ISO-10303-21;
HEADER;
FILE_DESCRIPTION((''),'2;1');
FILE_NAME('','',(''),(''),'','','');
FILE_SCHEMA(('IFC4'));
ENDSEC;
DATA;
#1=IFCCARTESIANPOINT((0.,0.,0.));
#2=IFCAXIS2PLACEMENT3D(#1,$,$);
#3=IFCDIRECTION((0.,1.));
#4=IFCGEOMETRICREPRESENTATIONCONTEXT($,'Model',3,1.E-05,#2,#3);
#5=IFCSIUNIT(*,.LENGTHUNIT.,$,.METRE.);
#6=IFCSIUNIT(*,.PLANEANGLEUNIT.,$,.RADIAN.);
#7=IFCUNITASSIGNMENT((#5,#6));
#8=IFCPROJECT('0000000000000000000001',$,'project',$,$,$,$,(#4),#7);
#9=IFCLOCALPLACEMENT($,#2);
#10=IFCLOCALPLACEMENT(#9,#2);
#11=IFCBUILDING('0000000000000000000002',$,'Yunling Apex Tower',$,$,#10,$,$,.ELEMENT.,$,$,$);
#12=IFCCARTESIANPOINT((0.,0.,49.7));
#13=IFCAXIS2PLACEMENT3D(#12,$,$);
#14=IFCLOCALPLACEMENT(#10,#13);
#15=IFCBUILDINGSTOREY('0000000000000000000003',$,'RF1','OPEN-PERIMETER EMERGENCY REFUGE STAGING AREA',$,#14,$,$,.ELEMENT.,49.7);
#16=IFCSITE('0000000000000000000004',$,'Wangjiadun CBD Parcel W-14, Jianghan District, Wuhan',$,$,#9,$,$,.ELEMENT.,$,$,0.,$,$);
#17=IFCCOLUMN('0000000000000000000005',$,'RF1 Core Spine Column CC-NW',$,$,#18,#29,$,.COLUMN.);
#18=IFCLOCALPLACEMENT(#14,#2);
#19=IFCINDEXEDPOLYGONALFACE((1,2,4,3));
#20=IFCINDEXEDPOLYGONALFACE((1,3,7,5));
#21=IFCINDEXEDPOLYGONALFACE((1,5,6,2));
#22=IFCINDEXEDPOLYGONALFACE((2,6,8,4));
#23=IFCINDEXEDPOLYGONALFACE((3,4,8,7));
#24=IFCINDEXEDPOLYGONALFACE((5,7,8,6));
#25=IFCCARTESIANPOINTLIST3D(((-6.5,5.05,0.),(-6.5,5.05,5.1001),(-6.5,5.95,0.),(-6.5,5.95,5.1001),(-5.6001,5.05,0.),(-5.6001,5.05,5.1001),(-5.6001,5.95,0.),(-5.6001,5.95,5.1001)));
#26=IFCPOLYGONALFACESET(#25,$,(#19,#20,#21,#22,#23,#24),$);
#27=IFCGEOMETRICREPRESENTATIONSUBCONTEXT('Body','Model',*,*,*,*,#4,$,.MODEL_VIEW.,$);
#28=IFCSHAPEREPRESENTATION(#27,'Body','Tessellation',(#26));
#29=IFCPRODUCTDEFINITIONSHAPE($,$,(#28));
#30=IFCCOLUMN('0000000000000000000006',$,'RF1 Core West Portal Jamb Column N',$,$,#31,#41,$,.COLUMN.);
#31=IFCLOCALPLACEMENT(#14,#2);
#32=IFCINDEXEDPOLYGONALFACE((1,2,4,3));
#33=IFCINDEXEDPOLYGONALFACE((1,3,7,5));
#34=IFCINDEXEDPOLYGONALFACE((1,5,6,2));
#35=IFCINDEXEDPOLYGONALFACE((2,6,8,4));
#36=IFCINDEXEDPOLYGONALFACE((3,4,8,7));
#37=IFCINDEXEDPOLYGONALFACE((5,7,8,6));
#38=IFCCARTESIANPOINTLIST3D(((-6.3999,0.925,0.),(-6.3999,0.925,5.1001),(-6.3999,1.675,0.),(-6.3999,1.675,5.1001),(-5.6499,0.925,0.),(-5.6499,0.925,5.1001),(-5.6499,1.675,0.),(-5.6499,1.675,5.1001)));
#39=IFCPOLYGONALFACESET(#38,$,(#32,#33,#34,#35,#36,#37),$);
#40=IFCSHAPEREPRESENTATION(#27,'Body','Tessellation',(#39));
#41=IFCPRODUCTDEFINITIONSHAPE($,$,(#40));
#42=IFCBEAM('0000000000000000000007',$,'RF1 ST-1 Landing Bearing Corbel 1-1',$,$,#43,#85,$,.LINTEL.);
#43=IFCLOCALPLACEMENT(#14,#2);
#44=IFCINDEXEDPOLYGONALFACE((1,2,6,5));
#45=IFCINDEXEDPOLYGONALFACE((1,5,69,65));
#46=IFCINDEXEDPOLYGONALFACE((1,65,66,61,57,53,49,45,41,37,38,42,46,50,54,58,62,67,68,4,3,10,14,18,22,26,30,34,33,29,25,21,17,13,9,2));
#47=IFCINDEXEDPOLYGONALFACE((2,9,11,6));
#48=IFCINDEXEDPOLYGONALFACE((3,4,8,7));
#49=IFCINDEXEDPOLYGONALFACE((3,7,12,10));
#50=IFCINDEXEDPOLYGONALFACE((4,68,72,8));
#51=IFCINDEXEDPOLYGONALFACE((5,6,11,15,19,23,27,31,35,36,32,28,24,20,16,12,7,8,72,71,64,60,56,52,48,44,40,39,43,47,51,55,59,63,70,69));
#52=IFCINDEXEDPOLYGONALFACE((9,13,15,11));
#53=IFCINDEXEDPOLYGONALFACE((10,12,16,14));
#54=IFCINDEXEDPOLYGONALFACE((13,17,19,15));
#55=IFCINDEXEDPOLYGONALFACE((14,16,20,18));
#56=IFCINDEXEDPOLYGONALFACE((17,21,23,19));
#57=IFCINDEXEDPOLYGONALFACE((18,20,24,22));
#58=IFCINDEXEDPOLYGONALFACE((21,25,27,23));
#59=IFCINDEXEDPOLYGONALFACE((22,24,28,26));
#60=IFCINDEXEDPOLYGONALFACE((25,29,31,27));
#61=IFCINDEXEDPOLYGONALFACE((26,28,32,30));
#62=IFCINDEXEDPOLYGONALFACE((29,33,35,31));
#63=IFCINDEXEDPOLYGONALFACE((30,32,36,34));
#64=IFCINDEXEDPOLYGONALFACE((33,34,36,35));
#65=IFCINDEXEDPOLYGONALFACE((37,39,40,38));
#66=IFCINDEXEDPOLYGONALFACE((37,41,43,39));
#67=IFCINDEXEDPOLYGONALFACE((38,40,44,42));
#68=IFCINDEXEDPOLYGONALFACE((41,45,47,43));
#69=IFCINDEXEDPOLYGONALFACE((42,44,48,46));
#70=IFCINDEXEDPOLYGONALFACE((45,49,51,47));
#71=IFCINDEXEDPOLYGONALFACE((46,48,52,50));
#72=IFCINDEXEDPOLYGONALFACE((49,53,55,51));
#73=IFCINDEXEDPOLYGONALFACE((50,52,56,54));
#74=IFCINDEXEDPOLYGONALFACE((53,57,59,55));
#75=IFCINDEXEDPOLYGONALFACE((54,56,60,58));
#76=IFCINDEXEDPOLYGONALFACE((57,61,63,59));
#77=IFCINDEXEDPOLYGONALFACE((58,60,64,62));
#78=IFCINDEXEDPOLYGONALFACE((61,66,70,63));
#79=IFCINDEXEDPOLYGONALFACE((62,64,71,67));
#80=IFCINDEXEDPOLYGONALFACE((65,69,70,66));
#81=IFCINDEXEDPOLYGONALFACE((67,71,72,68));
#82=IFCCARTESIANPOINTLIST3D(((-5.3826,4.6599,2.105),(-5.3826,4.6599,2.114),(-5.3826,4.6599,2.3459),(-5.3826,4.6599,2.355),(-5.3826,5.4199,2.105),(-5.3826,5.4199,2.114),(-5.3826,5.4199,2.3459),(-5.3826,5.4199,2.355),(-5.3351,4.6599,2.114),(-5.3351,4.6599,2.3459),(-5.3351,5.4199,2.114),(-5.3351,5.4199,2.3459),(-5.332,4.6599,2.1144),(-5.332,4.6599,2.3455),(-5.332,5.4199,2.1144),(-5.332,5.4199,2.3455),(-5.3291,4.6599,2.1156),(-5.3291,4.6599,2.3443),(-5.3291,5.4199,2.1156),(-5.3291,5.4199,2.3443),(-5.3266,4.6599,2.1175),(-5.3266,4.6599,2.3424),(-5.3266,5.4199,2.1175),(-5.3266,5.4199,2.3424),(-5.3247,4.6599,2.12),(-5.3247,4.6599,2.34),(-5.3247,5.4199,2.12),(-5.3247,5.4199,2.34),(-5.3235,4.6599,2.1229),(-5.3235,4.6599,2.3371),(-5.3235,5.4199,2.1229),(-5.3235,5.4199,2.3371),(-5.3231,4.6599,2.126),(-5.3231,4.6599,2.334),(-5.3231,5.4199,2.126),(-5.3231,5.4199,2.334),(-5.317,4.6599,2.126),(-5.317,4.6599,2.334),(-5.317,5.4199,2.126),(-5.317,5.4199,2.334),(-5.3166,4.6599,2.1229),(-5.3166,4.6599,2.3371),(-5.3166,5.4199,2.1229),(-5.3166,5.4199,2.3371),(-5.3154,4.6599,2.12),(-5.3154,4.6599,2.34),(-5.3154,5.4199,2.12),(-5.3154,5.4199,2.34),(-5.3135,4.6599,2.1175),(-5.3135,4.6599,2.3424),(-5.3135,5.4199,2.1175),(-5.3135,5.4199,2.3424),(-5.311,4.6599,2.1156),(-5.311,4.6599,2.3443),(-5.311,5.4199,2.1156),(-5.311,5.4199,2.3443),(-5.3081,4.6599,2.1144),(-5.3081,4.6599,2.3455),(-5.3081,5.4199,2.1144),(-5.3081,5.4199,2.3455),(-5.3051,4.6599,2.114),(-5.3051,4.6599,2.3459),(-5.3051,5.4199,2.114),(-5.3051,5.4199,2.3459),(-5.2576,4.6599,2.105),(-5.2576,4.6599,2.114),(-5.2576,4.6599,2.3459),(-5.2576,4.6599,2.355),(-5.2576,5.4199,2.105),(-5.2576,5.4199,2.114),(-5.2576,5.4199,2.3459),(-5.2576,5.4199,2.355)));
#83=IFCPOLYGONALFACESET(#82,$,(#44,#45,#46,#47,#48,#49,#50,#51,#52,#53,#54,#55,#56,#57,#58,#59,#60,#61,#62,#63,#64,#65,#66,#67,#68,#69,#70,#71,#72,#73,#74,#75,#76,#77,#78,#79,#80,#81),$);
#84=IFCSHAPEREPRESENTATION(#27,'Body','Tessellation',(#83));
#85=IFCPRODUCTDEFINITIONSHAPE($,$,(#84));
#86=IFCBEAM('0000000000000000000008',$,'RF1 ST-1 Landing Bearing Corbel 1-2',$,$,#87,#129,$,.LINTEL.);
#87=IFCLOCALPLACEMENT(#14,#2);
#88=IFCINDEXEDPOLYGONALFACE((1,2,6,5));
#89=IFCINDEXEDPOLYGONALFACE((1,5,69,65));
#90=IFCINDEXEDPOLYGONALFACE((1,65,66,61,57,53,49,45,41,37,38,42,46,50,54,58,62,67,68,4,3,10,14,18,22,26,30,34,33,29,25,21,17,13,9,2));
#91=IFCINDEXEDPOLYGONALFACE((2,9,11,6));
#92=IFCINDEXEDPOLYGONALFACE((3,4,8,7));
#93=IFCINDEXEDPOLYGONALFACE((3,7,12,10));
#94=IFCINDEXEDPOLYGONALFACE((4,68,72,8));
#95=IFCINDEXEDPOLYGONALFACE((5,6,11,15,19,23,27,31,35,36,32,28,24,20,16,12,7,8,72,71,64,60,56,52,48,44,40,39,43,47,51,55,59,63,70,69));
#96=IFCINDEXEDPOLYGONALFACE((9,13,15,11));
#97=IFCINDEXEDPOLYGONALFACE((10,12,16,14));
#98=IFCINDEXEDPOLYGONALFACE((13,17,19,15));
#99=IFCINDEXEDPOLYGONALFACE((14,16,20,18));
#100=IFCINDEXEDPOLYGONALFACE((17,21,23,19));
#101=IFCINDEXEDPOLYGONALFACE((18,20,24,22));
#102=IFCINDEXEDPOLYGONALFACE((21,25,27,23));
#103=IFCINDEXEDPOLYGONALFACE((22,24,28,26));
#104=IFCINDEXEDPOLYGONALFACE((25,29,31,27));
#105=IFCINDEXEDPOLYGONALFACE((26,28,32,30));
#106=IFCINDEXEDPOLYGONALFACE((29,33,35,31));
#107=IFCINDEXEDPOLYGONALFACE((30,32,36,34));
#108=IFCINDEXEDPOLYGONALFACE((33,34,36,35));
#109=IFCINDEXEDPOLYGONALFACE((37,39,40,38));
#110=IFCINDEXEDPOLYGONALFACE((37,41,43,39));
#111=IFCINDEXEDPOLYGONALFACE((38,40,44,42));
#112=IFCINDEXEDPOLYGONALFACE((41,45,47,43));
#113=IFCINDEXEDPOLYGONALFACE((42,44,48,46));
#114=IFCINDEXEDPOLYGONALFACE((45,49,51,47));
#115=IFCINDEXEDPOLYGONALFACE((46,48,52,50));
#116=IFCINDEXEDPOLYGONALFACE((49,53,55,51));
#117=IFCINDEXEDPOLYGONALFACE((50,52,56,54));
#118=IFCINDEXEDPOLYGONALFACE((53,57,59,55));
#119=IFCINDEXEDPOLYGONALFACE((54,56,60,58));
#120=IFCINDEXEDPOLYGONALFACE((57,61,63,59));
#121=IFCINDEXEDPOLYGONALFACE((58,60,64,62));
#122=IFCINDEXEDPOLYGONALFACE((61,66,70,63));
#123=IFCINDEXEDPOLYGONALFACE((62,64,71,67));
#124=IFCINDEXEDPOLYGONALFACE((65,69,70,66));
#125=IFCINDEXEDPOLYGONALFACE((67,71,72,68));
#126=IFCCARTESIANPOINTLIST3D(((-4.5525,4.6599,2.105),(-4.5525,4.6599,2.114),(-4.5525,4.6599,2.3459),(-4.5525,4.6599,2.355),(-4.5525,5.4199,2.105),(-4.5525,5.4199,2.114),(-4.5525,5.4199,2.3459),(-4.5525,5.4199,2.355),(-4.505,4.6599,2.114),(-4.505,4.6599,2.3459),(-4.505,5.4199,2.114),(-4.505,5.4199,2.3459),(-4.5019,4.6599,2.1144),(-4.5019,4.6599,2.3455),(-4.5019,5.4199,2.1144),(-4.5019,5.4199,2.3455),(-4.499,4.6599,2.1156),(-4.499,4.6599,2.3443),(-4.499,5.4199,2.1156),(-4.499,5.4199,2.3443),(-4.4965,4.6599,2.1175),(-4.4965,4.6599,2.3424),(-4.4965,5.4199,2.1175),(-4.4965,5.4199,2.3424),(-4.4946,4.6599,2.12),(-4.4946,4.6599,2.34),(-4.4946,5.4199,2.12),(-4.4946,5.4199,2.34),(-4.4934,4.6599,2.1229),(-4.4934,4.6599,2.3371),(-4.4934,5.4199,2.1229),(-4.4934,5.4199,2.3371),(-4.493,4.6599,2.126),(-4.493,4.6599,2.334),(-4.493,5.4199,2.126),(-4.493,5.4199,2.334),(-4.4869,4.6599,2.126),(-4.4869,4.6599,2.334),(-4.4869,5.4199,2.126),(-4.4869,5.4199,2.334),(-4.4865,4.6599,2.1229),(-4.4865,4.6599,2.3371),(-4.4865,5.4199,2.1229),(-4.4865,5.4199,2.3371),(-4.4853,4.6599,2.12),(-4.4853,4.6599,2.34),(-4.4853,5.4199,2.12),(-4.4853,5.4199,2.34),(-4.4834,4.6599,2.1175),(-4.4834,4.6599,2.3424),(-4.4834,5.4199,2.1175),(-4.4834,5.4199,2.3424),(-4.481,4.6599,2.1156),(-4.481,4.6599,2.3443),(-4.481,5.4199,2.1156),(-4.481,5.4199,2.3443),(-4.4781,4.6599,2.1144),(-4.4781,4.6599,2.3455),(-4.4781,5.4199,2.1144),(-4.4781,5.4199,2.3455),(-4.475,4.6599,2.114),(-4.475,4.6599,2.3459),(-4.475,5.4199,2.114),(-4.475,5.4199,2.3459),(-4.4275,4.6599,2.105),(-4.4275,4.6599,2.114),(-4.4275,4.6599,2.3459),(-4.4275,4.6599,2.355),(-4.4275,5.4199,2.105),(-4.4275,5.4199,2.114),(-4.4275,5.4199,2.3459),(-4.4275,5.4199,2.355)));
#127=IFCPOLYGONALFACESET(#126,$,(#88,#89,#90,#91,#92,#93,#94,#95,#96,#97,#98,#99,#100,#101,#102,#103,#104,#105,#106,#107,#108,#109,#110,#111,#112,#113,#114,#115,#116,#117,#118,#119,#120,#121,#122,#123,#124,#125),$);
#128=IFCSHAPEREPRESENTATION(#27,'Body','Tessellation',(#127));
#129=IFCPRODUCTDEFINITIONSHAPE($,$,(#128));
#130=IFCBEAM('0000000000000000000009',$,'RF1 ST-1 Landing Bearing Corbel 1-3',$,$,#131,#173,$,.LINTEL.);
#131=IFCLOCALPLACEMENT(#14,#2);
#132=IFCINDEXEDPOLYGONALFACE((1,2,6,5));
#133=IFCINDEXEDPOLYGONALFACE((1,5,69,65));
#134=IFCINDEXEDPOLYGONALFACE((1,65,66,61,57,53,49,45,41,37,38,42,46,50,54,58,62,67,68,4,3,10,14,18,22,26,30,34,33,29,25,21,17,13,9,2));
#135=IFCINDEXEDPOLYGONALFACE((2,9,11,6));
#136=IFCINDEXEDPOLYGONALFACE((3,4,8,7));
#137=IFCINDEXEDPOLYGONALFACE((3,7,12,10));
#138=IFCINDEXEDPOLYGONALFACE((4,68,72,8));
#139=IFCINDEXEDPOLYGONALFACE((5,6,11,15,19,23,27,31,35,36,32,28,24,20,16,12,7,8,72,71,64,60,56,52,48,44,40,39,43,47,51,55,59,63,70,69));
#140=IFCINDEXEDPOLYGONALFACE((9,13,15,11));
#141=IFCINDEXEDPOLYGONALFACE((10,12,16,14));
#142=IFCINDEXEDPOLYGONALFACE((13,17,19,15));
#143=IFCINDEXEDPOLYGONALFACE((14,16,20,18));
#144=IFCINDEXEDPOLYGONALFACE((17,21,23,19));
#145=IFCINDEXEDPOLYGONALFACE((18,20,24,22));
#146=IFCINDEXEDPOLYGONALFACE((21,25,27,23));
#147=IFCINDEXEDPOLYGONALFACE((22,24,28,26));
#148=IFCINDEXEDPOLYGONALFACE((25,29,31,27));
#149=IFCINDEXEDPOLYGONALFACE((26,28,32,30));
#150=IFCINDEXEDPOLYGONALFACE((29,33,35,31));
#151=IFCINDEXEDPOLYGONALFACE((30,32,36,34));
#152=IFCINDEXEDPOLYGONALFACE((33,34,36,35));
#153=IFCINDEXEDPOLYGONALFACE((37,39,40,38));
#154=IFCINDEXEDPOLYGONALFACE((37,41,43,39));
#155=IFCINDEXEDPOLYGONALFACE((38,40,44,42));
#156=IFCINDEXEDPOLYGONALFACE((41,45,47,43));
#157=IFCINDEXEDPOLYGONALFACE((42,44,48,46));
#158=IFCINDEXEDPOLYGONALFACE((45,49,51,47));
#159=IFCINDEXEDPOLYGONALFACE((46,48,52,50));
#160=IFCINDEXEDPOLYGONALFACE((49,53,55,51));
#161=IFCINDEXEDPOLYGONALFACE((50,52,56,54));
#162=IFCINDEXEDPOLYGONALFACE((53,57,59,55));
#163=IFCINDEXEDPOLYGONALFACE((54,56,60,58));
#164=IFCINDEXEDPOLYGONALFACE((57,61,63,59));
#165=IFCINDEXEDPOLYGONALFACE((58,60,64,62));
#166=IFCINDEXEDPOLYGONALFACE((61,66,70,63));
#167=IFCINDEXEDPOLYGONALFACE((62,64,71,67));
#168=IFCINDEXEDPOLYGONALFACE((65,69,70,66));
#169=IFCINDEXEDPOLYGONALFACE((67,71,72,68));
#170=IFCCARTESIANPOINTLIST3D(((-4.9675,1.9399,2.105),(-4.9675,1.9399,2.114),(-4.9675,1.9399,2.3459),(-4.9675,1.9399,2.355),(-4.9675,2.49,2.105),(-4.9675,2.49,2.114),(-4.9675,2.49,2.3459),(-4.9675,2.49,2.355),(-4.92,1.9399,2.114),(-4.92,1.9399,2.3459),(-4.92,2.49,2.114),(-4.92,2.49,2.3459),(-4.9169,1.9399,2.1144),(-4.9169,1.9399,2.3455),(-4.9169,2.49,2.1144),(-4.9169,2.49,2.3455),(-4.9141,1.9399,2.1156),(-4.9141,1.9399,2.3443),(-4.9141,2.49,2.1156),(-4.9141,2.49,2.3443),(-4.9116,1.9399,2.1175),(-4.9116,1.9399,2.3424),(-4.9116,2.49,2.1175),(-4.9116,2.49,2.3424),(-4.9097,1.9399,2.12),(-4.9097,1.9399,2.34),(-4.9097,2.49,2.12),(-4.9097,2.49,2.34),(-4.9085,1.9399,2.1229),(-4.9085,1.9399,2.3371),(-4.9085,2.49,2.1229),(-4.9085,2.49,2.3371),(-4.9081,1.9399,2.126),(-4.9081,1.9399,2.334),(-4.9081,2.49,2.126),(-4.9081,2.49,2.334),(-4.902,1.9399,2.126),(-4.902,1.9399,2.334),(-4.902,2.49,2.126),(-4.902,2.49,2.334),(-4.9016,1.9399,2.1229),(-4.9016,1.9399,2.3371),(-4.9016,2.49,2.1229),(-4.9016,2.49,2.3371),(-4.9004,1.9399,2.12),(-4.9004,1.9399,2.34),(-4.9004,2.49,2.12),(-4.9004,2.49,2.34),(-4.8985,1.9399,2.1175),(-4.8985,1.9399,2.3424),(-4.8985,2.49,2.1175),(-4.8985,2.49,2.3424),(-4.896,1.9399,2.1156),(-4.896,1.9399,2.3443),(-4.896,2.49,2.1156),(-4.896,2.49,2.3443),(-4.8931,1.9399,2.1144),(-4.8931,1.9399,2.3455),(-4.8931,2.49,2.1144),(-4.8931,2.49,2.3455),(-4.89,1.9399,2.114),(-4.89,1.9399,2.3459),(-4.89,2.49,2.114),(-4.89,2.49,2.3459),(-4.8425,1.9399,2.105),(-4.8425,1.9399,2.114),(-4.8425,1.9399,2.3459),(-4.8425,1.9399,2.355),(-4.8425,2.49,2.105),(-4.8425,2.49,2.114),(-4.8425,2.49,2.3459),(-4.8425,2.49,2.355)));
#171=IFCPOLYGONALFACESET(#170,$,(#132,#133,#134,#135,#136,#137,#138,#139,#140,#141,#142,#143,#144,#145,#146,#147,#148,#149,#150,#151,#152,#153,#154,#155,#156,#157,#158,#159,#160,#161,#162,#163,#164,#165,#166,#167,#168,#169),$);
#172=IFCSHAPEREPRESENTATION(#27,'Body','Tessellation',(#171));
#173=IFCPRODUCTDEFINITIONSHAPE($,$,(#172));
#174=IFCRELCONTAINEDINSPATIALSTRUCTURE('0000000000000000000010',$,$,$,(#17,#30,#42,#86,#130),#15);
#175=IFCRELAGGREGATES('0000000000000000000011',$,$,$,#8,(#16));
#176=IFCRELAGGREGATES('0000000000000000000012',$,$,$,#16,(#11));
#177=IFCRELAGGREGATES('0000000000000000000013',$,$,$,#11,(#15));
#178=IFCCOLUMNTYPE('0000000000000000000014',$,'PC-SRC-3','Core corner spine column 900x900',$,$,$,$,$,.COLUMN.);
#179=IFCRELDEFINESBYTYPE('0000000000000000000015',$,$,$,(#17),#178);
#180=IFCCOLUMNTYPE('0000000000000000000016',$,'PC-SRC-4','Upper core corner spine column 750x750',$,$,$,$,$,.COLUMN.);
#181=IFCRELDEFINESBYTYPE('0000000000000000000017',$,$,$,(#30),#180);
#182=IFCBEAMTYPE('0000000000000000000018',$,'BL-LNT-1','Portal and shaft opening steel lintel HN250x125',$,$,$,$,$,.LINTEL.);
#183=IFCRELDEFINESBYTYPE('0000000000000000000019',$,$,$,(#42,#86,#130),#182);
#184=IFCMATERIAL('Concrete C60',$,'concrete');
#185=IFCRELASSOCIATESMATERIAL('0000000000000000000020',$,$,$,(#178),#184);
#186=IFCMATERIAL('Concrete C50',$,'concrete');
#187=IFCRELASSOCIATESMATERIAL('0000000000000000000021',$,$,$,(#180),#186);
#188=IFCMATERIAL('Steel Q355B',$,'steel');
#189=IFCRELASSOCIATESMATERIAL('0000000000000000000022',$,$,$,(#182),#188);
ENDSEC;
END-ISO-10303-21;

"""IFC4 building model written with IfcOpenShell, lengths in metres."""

from ifc_helpers import new_model, si_unit, direction, frame, origin, origin_2d, place, context, subcontext, project, spatial, rectangle, i_section, extrude, source, transform, mapped, material, material_profile, profile_set, type_object, element, save


model = new_model("IFC4")

# Units and contexts
model_context = context("Model", 3, precision=1e-05, world=origin(), true_north=direction((0.0, 1.0)))
body_context = subcontext(model_context, "Body", "Model", "MODEL_VIEW")
ifc_project = project(units=[si_unit("LENGTHUNIT", "METRE"), si_unit("PLANEANGLEUNIT", "RADIAN")], contexts=[model_context])

# Site, building, storey
site_placement = place(None, origin())
site = spatial("IfcSite", under=ifc_project, at=site_placement, Name="Wangjiadun CBD Parcel W-14, Jianghan District, Wuhan", CompositionType="ELEMENT", RefElevation=0.0)
building_placement = place(site_placement, origin())
building = spatial("IfcBuilding", under=site, at=building_placement, Name="Yunling Apex Tower", CompositionType="ELEMENT")
storey_placement = place(building_placement, frame((0.0, 0.0, 49.7)))
storey = spatial("IfcBuildingStorey", under=building, at=storey_placement, Name="RF1", Description="OPEN-PERIMETER EMERGENCY REFUGE STAGING AREA", CompositionType="ELEMENT", Elevation=49.7)

# Columns
ifc_material_1 = material(Name="Concrete C60", Category="concrete")
ifc_material_profile_1 = material_profile(ifc_material_1, rectangle(XDim=0.8999, YDim=0.8999, at=origin_2d()))
ifc_profile_set_1 = profile_set([ifc_material_profile_1], Name="Concrete C60")
column_type_1 = type_object("IfcColumnType", Name="PC-SRC-3", Description="Core corner spine column 900x900", PredefinedType="COLUMN", material=ifc_profile_set_1)
shared_shape_1 = source(origin(), body_context, "Body", "SweptSolid", [
    extrude(rectangle(XDim=0.8999, YDim=0.8999, at=origin_2d()), origin(), (0.0, 0.0, 1.0), 5.1001),
])
column_1_placement = place(storey_placement, frame((-6.05, 5.5, 0.0), z_axis=(0.0, 0.0, 1.0), x_axis=(1.0, 0.0, 0.0)))
element("IfcColumn", 1, at=column_1_placement, inside=storey, type_object=column_type_1, Name="RF1 Core Spine Column CC-NW", PredefinedType="COLUMN", context=body_context, shape_type="MappedRepresentation", body=[
    mapped(shared_shape_1, transform((0.0, 0.0, 0.0), scale=1.0)),
])
ifc_material_2 = material(Name="Concrete C50", Category="concrete")
ifc_material_profile_2 = material_profile(ifc_material_2, rectangle(XDim=0.75, YDim=0.75, at=origin_2d()))
ifc_profile_set_2 = profile_set([ifc_material_profile_2], Name="Concrete C50")
column_type_2 = type_object("IfcColumnType", Name="PC-SRC-4", Description="Upper core corner spine column 750x750", PredefinedType="COLUMN", material=ifc_profile_set_2)
shared_shape_2 = source(origin(), body_context, "Body", "SweptSolid", [
    extrude(rectangle(XDim=0.75, YDim=0.75, at=origin_2d()), origin(), (0.0, 0.0, 1.0), 5.1001),
])
column_2_placement = place(storey_placement, frame((-6.0249, 1.3, 0.0), z_axis=(0.0, 0.0, 1.0), x_axis=(1.0, 0.0, 0.0)))
element("IfcColumn", 2, at=column_2_placement, inside=storey, type_object=column_type_2, Name="RF1 Core West Portal Jamb Column N", PredefinedType="COLUMN", context=body_context, shape_type="MappedRepresentation", body=[
    mapped(shared_shape_2, transform((0.0, 0.0, 0.0), scale=1.0)),
])

# Beams
ifc_material_3 = material(Name="Steel Q355B", Category="steel")
ifc_material_profile_3 = material_profile(ifc_material_3, i_section(OverallWidth=0.125, OverallDepth=0.25, WebThickness=0.0061, FlangeThickness=0.009, FilletRadius=0.012, at=origin_2d()))
ifc_profile_set_3 = profile_set([ifc_material_profile_3], Name="Steel Q355B")
beam_type_1 = type_object("IfcBeamType", Name="BL-LNT-1", Description="Portal and shaft opening steel lintel HN250x125", PredefinedType="LINTEL", material=ifc_profile_set_3)
shared_shape_3 = source(origin(), body_context, "Body", "SweptSolid", [
    extrude(i_section(OverallWidth=0.125, OverallDepth=0.25, WebThickness=0.0061, FlangeThickness=0.009, FilletRadius=0.012, at=origin_2d()), origin(), (0.0, 0.0, 1.0), 0.76),
])
for number, where, z_axis, x_axis, name in (
    (3, (-5.3201, 5.4199, 2.23), (0.0, -1.0, 0.0), (1.0, 0.0, 0.0), "RF1 ST-1 Landing Bearing Corbel 1-1"),
    (4, (-4.49, 5.4199, 2.23), (0.0, -1.0, 0.0), (1.0, 0.0, 0.0), "RF1 ST-1 Landing Bearing Corbel 1-2"),
):
    element("IfcBeam", number, at=place(storey_placement, frame(where, z_axis=z_axis, x_axis=x_axis)), inside=storey, type_object=beam_type_1, Name=name, PredefinedType="LINTEL", context=body_context, shape_type="MappedRepresentation", body=[
        mapped(shared_shape_3, transform((0.0, 0.0, 0.0), scale=1.0)),
    ])
shared_shape_4 = source(origin(), body_context, "Body", "SweptSolid", [
    extrude(i_section(OverallWidth=0.125, OverallDepth=0.25, WebThickness=0.0061, FlangeThickness=0.009, FilletRadius=0.012, at=origin_2d()), origin(), (0.0, 0.0, 1.0), 0.55),
])
beam_1_placement = place(storey_placement, frame((-4.905, 1.9399, 2.23), z_axis=(0.0, 1.0, 0.0), x_axis=(-1.0, 0.0, 0.0)))
element("IfcBeam", 5, at=beam_1_placement, inside=storey, type_object=beam_type_1, Name="RF1 ST-1 Landing Bearing Corbel 1-3", PredefinedType="LINTEL", context=body_context, shape_type="MappedRepresentation", body=[
    mapped(shared_shape_4, transform((0.0, 0.0, 0.0), scale=1.0)),
])

save(model, "model.ifc")
